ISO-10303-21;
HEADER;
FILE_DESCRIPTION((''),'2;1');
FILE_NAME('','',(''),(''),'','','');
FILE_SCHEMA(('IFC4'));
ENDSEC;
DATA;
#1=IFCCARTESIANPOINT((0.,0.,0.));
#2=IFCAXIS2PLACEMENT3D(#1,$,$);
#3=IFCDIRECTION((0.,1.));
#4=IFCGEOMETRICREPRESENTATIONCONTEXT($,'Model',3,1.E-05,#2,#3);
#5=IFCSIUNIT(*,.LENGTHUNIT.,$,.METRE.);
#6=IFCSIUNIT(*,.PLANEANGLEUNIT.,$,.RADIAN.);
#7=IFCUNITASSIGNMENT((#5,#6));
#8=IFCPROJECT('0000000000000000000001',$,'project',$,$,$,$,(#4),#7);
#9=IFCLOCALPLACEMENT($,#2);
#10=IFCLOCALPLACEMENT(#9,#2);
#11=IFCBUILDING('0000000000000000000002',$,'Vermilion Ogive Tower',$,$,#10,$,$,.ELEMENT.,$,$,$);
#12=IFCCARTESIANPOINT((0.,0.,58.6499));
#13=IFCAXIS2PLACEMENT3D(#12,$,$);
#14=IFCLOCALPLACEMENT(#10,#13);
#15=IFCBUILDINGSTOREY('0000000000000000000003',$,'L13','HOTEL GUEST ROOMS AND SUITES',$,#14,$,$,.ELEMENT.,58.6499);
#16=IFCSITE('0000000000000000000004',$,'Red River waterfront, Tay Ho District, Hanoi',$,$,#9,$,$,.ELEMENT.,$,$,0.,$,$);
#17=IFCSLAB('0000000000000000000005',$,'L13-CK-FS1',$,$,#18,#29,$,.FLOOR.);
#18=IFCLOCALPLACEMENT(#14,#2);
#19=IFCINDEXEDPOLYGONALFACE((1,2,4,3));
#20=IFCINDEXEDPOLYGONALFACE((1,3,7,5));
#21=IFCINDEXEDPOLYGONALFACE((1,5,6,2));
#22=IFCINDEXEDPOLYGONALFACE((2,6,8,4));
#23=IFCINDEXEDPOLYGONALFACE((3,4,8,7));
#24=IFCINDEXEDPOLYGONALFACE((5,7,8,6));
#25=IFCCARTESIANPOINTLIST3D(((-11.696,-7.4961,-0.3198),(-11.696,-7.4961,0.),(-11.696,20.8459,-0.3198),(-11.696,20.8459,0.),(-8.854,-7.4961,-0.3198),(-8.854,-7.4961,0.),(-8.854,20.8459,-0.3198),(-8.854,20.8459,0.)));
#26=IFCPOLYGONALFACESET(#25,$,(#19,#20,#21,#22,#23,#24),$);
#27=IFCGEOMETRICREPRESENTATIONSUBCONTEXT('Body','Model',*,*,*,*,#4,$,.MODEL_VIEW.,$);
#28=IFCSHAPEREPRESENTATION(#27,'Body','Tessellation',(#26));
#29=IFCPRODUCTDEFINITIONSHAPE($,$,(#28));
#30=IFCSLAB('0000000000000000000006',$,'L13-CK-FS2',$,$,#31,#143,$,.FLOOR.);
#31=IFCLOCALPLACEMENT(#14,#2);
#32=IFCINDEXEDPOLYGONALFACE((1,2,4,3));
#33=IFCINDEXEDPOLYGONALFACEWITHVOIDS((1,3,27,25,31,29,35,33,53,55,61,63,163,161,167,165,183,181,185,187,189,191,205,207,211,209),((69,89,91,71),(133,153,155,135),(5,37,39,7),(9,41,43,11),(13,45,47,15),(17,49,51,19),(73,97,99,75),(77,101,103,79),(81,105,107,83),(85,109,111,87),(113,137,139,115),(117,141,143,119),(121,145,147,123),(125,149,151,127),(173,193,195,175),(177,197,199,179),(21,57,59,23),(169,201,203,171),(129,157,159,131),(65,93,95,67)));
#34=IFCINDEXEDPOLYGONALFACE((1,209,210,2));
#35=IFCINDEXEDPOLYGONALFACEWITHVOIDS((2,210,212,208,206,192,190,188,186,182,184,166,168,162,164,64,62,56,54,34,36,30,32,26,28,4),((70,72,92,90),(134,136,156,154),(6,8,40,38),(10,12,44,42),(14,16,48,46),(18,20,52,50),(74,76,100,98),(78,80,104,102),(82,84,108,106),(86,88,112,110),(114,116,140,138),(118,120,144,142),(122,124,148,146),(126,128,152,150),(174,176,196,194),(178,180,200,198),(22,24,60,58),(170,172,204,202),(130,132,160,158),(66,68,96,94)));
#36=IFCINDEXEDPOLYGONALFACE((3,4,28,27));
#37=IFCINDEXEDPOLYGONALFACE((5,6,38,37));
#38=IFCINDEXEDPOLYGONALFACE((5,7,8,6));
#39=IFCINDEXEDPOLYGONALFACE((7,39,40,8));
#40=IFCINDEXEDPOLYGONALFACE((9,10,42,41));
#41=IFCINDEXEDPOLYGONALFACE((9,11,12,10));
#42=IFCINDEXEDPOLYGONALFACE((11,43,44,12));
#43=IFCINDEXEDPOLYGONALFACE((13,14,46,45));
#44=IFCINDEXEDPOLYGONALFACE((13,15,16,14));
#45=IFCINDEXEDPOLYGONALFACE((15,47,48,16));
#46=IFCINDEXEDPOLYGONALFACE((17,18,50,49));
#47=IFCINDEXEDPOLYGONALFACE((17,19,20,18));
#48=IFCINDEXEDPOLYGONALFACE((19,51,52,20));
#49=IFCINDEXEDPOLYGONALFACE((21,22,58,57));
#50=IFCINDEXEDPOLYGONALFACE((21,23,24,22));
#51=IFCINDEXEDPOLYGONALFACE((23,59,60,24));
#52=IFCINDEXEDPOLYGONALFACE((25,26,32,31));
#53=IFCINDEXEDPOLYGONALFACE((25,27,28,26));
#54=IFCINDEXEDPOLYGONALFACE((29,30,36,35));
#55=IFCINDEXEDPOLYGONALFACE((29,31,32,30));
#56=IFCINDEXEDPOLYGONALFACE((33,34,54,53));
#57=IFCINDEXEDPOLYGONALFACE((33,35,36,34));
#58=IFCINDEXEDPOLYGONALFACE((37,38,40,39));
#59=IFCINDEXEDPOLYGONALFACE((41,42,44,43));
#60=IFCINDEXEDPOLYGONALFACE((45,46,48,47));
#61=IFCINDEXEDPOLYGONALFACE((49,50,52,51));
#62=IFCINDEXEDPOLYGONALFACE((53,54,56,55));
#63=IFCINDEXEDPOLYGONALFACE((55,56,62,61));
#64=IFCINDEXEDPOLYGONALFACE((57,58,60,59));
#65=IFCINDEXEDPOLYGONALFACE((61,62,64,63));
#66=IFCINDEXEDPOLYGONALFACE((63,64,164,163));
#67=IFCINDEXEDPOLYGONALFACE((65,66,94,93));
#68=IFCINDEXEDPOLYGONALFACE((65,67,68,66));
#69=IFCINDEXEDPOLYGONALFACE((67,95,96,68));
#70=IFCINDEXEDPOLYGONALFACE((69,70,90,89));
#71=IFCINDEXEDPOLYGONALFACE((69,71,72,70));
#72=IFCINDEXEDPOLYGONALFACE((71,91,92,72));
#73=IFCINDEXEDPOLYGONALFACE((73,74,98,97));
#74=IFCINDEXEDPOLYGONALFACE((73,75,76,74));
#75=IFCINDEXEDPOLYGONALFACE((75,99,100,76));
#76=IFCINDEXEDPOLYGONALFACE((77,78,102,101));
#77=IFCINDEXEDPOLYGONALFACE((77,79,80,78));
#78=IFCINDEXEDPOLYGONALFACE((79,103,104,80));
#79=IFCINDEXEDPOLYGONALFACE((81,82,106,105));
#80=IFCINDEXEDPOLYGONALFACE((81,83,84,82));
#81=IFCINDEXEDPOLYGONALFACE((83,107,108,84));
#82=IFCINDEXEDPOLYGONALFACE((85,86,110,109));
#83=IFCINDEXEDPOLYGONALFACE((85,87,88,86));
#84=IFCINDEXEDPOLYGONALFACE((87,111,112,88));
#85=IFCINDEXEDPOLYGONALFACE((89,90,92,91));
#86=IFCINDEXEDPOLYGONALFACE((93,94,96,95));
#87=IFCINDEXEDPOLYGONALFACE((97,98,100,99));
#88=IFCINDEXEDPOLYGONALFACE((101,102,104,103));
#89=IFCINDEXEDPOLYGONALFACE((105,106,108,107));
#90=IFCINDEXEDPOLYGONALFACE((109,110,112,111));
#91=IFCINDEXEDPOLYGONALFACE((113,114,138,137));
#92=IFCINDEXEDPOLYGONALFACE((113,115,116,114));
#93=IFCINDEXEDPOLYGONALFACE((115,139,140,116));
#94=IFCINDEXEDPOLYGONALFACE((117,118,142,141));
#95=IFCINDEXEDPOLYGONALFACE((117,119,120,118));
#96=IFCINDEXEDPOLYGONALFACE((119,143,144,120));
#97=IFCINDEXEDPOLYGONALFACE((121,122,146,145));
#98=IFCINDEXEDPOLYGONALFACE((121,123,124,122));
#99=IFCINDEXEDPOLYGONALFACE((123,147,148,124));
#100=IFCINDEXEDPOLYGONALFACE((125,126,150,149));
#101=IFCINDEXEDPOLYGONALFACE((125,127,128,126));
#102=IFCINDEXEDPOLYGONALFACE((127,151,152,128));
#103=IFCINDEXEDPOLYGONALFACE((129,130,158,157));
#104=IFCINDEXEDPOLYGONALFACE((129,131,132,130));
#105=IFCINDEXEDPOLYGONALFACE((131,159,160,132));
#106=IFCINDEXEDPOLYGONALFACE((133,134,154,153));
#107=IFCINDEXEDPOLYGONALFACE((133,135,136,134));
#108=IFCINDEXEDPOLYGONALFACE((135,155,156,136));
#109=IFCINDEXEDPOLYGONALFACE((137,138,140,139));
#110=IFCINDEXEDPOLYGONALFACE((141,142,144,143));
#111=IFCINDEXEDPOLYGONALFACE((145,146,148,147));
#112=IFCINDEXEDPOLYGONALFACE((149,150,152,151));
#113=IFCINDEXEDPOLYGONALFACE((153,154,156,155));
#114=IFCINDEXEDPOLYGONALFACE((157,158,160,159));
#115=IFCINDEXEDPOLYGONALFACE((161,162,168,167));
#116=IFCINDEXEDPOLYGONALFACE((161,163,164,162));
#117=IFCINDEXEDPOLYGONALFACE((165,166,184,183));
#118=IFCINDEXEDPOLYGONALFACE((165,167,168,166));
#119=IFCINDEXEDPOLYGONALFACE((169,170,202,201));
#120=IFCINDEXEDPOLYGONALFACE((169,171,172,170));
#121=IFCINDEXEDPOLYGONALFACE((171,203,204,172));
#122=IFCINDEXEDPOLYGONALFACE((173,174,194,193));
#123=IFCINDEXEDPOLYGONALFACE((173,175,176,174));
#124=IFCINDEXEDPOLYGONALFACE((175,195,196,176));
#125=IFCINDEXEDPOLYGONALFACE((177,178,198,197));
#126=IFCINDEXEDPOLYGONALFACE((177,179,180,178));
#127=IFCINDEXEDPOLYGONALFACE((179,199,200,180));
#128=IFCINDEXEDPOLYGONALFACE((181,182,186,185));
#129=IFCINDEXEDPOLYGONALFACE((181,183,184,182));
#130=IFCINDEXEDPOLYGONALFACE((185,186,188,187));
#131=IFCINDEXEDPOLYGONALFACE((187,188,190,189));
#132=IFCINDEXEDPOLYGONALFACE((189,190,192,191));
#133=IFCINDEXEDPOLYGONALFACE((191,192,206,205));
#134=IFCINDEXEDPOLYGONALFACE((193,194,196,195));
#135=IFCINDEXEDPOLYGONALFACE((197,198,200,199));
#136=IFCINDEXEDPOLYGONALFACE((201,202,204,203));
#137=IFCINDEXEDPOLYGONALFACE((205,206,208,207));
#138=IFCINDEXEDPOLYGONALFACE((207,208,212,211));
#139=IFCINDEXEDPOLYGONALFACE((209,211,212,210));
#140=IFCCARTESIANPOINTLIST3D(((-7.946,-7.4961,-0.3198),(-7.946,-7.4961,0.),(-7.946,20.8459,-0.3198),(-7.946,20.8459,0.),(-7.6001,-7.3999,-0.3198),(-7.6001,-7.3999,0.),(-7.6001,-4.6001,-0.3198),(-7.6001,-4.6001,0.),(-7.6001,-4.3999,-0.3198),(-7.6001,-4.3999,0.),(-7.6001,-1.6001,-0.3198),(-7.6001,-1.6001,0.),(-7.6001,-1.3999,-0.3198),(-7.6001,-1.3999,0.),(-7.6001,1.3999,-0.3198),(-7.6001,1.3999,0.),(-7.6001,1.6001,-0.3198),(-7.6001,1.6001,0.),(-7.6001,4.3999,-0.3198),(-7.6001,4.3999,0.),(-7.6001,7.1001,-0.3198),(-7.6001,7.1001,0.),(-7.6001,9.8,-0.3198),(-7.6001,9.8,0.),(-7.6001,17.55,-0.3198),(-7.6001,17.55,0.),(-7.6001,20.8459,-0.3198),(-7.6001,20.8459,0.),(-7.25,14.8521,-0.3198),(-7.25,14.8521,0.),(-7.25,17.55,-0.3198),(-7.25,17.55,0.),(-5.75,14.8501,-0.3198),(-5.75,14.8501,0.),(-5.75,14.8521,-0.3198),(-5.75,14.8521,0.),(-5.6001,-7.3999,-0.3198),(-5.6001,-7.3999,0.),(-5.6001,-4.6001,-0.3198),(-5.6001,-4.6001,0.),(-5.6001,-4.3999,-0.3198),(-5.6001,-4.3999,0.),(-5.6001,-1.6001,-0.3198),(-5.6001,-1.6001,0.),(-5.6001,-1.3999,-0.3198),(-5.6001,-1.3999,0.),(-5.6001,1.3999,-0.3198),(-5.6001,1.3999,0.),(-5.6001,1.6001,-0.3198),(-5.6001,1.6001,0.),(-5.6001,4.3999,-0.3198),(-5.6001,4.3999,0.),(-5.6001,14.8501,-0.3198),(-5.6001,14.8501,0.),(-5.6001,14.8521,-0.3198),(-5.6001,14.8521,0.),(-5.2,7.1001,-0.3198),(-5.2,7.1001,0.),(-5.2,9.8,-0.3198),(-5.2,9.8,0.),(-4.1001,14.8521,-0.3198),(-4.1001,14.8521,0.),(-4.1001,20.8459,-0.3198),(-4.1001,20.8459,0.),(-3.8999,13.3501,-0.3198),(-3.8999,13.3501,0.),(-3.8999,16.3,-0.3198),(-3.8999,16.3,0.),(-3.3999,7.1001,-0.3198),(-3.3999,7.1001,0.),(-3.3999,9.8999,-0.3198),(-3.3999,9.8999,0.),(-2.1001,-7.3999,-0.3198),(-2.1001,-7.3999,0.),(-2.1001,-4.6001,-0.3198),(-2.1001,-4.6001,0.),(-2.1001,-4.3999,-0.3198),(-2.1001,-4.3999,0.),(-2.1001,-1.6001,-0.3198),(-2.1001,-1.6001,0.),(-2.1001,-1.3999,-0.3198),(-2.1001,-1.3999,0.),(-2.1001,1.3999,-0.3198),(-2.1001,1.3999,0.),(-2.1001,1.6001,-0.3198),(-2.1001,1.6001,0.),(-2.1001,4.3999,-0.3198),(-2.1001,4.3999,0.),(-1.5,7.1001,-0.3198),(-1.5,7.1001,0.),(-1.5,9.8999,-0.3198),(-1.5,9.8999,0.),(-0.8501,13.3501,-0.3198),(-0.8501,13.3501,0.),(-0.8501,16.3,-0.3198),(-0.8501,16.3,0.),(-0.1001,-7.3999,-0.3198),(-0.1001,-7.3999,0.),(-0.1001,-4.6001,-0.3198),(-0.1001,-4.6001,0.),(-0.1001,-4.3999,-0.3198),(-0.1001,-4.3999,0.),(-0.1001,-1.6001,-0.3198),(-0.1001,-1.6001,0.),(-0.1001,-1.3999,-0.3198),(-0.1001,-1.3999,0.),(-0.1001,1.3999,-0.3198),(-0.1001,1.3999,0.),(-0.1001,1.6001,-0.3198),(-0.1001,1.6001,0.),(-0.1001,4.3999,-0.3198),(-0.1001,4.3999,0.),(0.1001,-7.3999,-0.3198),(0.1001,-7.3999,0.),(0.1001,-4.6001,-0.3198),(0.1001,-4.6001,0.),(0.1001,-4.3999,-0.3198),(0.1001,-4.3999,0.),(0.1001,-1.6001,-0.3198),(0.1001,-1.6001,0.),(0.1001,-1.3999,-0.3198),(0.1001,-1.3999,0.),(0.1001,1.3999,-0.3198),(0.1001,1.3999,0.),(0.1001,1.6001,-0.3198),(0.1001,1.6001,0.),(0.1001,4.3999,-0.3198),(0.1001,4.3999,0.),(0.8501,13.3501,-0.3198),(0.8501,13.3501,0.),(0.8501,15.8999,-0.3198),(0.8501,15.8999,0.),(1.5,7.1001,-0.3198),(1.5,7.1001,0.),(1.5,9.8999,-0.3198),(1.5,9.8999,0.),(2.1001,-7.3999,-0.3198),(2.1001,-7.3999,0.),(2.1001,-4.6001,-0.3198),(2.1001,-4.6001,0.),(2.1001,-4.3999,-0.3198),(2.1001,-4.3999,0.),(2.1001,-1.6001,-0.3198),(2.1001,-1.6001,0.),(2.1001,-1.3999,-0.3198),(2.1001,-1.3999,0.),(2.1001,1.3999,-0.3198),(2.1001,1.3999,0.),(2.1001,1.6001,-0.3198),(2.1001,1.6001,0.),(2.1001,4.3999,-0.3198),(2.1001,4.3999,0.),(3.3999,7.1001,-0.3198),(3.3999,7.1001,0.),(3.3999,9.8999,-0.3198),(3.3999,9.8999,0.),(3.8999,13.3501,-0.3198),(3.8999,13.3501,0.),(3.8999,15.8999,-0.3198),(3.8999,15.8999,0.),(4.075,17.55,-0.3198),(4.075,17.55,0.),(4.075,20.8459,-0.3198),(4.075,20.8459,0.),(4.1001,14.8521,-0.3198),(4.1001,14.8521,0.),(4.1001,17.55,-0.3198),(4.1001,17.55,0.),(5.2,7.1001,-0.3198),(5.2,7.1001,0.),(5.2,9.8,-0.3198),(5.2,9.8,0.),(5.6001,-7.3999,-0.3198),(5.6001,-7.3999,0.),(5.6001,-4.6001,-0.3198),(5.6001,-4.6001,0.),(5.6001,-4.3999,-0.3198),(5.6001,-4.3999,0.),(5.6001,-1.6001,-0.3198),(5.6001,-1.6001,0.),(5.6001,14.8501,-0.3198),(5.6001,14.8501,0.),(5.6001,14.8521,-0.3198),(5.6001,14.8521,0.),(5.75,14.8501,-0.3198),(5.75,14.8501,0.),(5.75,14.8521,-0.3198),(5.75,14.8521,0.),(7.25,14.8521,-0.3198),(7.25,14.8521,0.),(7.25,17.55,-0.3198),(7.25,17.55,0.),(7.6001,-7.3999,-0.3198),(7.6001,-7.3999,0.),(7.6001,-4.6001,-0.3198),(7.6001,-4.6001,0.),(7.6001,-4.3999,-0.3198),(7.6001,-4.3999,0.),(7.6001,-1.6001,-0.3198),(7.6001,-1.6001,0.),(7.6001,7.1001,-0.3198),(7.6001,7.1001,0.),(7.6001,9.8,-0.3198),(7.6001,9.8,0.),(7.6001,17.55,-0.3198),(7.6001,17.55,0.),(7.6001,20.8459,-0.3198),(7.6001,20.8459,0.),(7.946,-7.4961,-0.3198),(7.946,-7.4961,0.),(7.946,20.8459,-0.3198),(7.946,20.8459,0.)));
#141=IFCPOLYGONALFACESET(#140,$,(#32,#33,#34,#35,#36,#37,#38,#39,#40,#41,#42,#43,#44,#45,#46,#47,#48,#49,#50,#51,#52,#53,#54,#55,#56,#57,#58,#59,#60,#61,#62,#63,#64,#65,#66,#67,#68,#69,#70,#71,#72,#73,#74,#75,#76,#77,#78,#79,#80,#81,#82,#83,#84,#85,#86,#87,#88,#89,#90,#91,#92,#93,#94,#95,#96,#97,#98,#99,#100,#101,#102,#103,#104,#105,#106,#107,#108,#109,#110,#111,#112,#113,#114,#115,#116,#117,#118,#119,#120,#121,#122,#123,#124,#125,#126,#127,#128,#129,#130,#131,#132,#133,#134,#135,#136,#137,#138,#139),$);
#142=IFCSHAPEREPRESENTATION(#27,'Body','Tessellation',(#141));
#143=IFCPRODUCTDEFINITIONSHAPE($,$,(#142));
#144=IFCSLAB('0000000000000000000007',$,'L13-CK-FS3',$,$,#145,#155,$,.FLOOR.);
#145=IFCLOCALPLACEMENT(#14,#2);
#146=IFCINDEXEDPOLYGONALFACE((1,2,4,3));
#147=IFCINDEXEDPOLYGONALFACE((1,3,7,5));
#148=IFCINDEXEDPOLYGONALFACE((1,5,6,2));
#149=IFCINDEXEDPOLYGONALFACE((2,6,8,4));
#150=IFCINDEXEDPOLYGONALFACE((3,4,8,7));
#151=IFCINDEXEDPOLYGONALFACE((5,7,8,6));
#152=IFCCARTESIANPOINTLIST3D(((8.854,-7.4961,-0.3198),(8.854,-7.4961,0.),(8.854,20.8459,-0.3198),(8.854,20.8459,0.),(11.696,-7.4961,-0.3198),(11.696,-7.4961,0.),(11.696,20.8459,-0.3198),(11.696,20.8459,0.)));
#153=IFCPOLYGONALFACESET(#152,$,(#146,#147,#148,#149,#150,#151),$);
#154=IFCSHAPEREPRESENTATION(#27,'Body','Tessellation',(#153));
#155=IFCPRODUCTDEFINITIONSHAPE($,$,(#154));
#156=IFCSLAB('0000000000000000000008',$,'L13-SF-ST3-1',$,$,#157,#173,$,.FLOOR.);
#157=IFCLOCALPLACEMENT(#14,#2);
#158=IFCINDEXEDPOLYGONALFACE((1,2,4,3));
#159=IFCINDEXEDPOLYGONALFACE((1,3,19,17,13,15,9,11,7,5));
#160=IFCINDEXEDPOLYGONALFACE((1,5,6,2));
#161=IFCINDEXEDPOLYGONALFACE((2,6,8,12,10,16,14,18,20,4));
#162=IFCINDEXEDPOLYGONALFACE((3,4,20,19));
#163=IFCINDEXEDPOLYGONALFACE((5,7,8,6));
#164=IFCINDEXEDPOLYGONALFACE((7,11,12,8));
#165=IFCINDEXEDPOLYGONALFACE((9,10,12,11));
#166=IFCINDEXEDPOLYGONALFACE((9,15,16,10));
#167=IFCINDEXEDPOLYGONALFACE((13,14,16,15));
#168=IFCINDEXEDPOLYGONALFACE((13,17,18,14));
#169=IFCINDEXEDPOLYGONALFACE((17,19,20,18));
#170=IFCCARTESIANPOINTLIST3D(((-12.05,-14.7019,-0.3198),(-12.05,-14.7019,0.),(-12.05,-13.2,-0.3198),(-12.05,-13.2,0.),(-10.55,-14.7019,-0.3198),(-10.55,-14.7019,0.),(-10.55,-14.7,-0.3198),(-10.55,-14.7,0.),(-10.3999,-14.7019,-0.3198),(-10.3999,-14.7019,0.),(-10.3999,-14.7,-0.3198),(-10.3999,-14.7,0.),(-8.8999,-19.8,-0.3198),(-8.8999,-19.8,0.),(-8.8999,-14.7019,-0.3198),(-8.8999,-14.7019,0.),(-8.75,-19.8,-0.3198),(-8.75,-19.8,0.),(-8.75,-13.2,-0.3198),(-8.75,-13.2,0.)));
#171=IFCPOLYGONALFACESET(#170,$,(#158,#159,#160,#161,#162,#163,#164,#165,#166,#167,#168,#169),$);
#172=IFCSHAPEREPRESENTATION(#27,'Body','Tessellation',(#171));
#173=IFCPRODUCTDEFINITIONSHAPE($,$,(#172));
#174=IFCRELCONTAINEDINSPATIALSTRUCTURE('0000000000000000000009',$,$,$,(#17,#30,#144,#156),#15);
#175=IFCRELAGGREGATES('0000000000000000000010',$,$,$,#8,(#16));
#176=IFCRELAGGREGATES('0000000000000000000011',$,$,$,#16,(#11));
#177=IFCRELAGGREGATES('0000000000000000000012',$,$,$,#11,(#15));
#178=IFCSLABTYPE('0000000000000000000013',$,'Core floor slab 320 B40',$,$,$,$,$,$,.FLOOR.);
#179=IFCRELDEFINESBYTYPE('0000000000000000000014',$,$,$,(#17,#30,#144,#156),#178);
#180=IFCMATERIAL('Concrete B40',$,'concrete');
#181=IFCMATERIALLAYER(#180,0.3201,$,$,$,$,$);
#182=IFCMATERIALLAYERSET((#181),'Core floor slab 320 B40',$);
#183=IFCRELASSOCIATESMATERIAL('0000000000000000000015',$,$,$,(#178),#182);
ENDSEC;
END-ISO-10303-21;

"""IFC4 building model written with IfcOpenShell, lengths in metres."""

from ifc_helpers import new_model, si_unit, direction, frame, origin, place, context, subcontext, project, spatial, polyline, outline, extrude, material, layer, layer_set, type_object, element, save


model = new_model("IFC4")

# Units and contexts
model_context = context("Model", 3, precision=1e-05, world=origin(), true_north=direction((0.0, 1.0)))
body_context = subcontext(model_context, "Body", "Model", "MODEL_VIEW")
ifc_project = project(units=[si_unit("LENGTHUNIT", "METRE"), si_unit("PLANEANGLEUNIT", "RADIAN")], contexts=[model_context])

# Site, building, storey
site_placement = place(None, origin())
site = spatial("IfcSite", under=ifc_project, at=site_placement, Name="Red River waterfront, Tay Ho District, Hanoi", CompositionType="ELEMENT", RefElevation=0.0)
building_placement = place(site_placement, origin())
building = spatial("IfcBuilding", under=site, at=building_placement, Name="Vermilion Ogive Tower", CompositionType="ELEMENT")
storey_placement = place(building_placement, frame((0.0, 0.0, 58.6499)))
storey = spatial("IfcBuildingStorey", under=building, at=storey_placement, Name="L13", Description="HOTEL GUEST ROOMS AND SUITES", CompositionType="ELEMENT", Elevation=58.6499)

# Slabs
ifc_material_1 = material(Name="Concrete B40", Category="concrete")
ifc_layer_1 = layer(ifc_material_1, 0.3201)
ifc_layer_set_1 = layer_set([ifc_layer_1], Name="Core floor slab 320 B40")
slab_type_1 = type_object("IfcSlabType", Name="Core floor slab 320 B40", PredefinedType="FLOOR", material=ifc_layer_set_1)
slab_1_placement = place(storey_placement, frame((0.0, 0.0, -0.3198)))
element("IfcSlab", 1, at=slab_1_placement, inside=storey, type_object=slab_type_1, Name="L13-CK-FS1", PredefinedType="FLOOR", context=body_context, shape_type="SweptSolid", body=[
    extrude(outline(polyline([(-8.854, -7.4961), (-11.696, -7.4961), (-11.696, 20.8459), (-8.854, 20.8459), (-8.854, -7.4961)])), origin(), (0.0, 0.0, 1.0), 0.3198),
])
slab_2_placement = place(storey_placement, frame((0.0, 0.0, -0.3198)))
element("IfcSlab", 2, at=slab_2_placement, inside=storey, type_object=slab_type_1, Name="L13-CK-FS2", PredefinedType="FLOOR", context=body_context, shape_type="SweptSolid", body=[
    extrude(outline(polyline([(5.75, 14.8501), (5.6001, 14.8501), (5.6001, 14.8521), (4.1001, 14.8521), (4.1001, 17.55), (4.075, 17.55), (4.075, 20.8459), (-4.1001, 20.8459), (-4.1001, 14.8521), (-5.6001, 14.8521), (-5.6001, 14.8501), (-5.75, 14.8501), (-5.75, 14.8521), (-7.25, 14.8521), (-7.25, 17.55), (-7.6001, 17.55), (-7.6001, 20.8459), (-7.946, 20.8459), (-7.946, -7.4961), (7.946, -7.4961), (7.946, 20.8459), (7.6001, 20.8459), (7.6001, 17.55), (7.25, 17.55), (7.25, 14.8521), (5.75, 14.8521), (5.75, 14.8501)]), holes=[polyline([(-7.6001, -4.6001), (-5.6001, -4.6001), (-5.6001, -7.3999), (-7.6001, -7.3999), (-7.6001, -4.6001)]), polyline([(-2.1001, -4.6001), (-0.1001, -4.6001), (-0.1001, -7.3999), (-2.1001, -7.3999), (-2.1001, -4.6001)]), polyline([(-7.6001, -4.3999), (-7.6001, -1.6001), (-5.6001, -1.6001), (-5.6001, -4.3999), (-7.6001, -4.3999)]), polyline([(-2.1001, -1.6001), (-0.1001, -1.6001), (-0.1001, -4.3999), (-2.1001, -4.3999), (-2.1001, -1.6001)]), polyline([(-7.6001, -1.3999), (-7.6001, 1.3999), (-5.6001, 1.3999), (-5.6001, -1.3999), (-7.6001, -1.3999)]), polyline([(-2.1001, 1.3999), (-0.1001, 1.3999), (-0.1001, -1.3999), (-2.1001, -1.3999), (-2.1001, 1.3999)]), polyline([(-7.6001, 4.3999), (-5.6001, 4.3999), (-5.6001, 1.6001), (-7.6001, 1.6001), (-7.6001, 4.3999)]), polyline([(-2.1001, 4.3999), (-0.1001, 4.3999), (-0.1001, 1.6001), (-2.1001, 1.6001), (-2.1001, 4.3999)]), polyline([(-7.6001, 9.8), (-5.2, 9.8), (-5.2, 7.1001), (-7.6001, 7.1001), (-7.6001, 9.8)]), polyline([(-3.3999, 9.8999), (-1.5, 9.8999), (-1.5, 7.1001), (-3.3999, 7.1001), (-3.3999, 9.8999)]), polyline([(-3.8999, 16.3), (-0.8501, 16.3), (-0.8501, 13.3501), (-3.8999, 13.3501), (-3.8999, 16.3)]), polyline([(0.1001, -4.6001), (2.1001, -4.6001), (2.1001, -7.3999), (0.1001, -7.3999), (0.1001, -4.6001)]), polyline([(5.6001, -4.6001), (7.6001, -4.6001), (7.6001, -7.3999), (5.6001, -7.3999), (5.6001, -4.6001)]), polyline([(0.1001, -1.6001), (2.1001, -1.6001), (2.1001, -4.3999), (0.1001, -4.3999), (0.1001, -1.6001)]), polyline([(5.6001, -1.6001), (7.6001, -1.6001), (7.6001, -4.3999), (5.6001, -4.3999), (5.6001, -1.6001)]), polyline([(0.1001, 1.3999), (2.1001, 1.3999), (2.1001, -1.3999), (0.1001, -1.3999), (0.1001, 1.3999)]), polyline([(0.1001, 4.3999), (2.1001, 4.3999), (2.1001, 1.6001), (0.1001, 1.6001), (0.1001, 4.3999)]), polyline([(5.2, 9.8), (7.6001, 9.8), (7.6001, 7.1001), (5.2, 7.1001), (5.2, 9.8)]), polyline([(1.5, 9.8999), (3.3999, 9.8999), (3.3999, 7.1001), (1.5, 7.1001), (1.5, 9.8999)]), polyline([(0.8501, 15.8999), (3.8999, 15.8999), (3.8999, 13.3501), (0.8501, 13.3501), (0.8501, 15.8999)])]), origin(), (0.0, 0.0, 1.0), 0.3198),
])
slab_3_placement = place(storey_placement, frame((0.0, 0.0, -0.3198)))
element("IfcSlab", 3, at=slab_3_placement, inside=storey, type_object=slab_type_1, Name="L13-CK-FS3", PredefinedType="FLOOR", context=body_context, shape_type="SweptSolid", body=[
    extrude(outline(polyline([(8.854, 20.8459), (11.696, 20.8459), (11.696, -7.4961), (8.854, -7.4961), (8.854, 20.8459)])), origin(), (0.0, 0.0, 1.0), 0.3198),
])
slab_4_placement = place(storey_placement, frame((0.0, 0.0, -0.3198)))
element("IfcSlab", 4, at=slab_4_placement, inside=storey, type_object=slab_type_1, Name="L13-SF-ST3-1", PredefinedType="FLOOR", context=body_context, shape_type="SweptSolid", body=[
    extrude(outline(polyline([(-12.05, -13.2), (-12.05, -14.7019), (-10.55, -14.7019), (-10.55, -14.7), (-10.3999, -14.7), (-10.3999, -14.7019), (-8.8999, -14.7019), (-8.8999, -19.8), (-8.75, -19.8), (-8.75, -13.2), (-12.05, -13.2)])), origin(), (0.0, 0.0, 1.0), 0.3198),
])

save(model, "model.ifc")
